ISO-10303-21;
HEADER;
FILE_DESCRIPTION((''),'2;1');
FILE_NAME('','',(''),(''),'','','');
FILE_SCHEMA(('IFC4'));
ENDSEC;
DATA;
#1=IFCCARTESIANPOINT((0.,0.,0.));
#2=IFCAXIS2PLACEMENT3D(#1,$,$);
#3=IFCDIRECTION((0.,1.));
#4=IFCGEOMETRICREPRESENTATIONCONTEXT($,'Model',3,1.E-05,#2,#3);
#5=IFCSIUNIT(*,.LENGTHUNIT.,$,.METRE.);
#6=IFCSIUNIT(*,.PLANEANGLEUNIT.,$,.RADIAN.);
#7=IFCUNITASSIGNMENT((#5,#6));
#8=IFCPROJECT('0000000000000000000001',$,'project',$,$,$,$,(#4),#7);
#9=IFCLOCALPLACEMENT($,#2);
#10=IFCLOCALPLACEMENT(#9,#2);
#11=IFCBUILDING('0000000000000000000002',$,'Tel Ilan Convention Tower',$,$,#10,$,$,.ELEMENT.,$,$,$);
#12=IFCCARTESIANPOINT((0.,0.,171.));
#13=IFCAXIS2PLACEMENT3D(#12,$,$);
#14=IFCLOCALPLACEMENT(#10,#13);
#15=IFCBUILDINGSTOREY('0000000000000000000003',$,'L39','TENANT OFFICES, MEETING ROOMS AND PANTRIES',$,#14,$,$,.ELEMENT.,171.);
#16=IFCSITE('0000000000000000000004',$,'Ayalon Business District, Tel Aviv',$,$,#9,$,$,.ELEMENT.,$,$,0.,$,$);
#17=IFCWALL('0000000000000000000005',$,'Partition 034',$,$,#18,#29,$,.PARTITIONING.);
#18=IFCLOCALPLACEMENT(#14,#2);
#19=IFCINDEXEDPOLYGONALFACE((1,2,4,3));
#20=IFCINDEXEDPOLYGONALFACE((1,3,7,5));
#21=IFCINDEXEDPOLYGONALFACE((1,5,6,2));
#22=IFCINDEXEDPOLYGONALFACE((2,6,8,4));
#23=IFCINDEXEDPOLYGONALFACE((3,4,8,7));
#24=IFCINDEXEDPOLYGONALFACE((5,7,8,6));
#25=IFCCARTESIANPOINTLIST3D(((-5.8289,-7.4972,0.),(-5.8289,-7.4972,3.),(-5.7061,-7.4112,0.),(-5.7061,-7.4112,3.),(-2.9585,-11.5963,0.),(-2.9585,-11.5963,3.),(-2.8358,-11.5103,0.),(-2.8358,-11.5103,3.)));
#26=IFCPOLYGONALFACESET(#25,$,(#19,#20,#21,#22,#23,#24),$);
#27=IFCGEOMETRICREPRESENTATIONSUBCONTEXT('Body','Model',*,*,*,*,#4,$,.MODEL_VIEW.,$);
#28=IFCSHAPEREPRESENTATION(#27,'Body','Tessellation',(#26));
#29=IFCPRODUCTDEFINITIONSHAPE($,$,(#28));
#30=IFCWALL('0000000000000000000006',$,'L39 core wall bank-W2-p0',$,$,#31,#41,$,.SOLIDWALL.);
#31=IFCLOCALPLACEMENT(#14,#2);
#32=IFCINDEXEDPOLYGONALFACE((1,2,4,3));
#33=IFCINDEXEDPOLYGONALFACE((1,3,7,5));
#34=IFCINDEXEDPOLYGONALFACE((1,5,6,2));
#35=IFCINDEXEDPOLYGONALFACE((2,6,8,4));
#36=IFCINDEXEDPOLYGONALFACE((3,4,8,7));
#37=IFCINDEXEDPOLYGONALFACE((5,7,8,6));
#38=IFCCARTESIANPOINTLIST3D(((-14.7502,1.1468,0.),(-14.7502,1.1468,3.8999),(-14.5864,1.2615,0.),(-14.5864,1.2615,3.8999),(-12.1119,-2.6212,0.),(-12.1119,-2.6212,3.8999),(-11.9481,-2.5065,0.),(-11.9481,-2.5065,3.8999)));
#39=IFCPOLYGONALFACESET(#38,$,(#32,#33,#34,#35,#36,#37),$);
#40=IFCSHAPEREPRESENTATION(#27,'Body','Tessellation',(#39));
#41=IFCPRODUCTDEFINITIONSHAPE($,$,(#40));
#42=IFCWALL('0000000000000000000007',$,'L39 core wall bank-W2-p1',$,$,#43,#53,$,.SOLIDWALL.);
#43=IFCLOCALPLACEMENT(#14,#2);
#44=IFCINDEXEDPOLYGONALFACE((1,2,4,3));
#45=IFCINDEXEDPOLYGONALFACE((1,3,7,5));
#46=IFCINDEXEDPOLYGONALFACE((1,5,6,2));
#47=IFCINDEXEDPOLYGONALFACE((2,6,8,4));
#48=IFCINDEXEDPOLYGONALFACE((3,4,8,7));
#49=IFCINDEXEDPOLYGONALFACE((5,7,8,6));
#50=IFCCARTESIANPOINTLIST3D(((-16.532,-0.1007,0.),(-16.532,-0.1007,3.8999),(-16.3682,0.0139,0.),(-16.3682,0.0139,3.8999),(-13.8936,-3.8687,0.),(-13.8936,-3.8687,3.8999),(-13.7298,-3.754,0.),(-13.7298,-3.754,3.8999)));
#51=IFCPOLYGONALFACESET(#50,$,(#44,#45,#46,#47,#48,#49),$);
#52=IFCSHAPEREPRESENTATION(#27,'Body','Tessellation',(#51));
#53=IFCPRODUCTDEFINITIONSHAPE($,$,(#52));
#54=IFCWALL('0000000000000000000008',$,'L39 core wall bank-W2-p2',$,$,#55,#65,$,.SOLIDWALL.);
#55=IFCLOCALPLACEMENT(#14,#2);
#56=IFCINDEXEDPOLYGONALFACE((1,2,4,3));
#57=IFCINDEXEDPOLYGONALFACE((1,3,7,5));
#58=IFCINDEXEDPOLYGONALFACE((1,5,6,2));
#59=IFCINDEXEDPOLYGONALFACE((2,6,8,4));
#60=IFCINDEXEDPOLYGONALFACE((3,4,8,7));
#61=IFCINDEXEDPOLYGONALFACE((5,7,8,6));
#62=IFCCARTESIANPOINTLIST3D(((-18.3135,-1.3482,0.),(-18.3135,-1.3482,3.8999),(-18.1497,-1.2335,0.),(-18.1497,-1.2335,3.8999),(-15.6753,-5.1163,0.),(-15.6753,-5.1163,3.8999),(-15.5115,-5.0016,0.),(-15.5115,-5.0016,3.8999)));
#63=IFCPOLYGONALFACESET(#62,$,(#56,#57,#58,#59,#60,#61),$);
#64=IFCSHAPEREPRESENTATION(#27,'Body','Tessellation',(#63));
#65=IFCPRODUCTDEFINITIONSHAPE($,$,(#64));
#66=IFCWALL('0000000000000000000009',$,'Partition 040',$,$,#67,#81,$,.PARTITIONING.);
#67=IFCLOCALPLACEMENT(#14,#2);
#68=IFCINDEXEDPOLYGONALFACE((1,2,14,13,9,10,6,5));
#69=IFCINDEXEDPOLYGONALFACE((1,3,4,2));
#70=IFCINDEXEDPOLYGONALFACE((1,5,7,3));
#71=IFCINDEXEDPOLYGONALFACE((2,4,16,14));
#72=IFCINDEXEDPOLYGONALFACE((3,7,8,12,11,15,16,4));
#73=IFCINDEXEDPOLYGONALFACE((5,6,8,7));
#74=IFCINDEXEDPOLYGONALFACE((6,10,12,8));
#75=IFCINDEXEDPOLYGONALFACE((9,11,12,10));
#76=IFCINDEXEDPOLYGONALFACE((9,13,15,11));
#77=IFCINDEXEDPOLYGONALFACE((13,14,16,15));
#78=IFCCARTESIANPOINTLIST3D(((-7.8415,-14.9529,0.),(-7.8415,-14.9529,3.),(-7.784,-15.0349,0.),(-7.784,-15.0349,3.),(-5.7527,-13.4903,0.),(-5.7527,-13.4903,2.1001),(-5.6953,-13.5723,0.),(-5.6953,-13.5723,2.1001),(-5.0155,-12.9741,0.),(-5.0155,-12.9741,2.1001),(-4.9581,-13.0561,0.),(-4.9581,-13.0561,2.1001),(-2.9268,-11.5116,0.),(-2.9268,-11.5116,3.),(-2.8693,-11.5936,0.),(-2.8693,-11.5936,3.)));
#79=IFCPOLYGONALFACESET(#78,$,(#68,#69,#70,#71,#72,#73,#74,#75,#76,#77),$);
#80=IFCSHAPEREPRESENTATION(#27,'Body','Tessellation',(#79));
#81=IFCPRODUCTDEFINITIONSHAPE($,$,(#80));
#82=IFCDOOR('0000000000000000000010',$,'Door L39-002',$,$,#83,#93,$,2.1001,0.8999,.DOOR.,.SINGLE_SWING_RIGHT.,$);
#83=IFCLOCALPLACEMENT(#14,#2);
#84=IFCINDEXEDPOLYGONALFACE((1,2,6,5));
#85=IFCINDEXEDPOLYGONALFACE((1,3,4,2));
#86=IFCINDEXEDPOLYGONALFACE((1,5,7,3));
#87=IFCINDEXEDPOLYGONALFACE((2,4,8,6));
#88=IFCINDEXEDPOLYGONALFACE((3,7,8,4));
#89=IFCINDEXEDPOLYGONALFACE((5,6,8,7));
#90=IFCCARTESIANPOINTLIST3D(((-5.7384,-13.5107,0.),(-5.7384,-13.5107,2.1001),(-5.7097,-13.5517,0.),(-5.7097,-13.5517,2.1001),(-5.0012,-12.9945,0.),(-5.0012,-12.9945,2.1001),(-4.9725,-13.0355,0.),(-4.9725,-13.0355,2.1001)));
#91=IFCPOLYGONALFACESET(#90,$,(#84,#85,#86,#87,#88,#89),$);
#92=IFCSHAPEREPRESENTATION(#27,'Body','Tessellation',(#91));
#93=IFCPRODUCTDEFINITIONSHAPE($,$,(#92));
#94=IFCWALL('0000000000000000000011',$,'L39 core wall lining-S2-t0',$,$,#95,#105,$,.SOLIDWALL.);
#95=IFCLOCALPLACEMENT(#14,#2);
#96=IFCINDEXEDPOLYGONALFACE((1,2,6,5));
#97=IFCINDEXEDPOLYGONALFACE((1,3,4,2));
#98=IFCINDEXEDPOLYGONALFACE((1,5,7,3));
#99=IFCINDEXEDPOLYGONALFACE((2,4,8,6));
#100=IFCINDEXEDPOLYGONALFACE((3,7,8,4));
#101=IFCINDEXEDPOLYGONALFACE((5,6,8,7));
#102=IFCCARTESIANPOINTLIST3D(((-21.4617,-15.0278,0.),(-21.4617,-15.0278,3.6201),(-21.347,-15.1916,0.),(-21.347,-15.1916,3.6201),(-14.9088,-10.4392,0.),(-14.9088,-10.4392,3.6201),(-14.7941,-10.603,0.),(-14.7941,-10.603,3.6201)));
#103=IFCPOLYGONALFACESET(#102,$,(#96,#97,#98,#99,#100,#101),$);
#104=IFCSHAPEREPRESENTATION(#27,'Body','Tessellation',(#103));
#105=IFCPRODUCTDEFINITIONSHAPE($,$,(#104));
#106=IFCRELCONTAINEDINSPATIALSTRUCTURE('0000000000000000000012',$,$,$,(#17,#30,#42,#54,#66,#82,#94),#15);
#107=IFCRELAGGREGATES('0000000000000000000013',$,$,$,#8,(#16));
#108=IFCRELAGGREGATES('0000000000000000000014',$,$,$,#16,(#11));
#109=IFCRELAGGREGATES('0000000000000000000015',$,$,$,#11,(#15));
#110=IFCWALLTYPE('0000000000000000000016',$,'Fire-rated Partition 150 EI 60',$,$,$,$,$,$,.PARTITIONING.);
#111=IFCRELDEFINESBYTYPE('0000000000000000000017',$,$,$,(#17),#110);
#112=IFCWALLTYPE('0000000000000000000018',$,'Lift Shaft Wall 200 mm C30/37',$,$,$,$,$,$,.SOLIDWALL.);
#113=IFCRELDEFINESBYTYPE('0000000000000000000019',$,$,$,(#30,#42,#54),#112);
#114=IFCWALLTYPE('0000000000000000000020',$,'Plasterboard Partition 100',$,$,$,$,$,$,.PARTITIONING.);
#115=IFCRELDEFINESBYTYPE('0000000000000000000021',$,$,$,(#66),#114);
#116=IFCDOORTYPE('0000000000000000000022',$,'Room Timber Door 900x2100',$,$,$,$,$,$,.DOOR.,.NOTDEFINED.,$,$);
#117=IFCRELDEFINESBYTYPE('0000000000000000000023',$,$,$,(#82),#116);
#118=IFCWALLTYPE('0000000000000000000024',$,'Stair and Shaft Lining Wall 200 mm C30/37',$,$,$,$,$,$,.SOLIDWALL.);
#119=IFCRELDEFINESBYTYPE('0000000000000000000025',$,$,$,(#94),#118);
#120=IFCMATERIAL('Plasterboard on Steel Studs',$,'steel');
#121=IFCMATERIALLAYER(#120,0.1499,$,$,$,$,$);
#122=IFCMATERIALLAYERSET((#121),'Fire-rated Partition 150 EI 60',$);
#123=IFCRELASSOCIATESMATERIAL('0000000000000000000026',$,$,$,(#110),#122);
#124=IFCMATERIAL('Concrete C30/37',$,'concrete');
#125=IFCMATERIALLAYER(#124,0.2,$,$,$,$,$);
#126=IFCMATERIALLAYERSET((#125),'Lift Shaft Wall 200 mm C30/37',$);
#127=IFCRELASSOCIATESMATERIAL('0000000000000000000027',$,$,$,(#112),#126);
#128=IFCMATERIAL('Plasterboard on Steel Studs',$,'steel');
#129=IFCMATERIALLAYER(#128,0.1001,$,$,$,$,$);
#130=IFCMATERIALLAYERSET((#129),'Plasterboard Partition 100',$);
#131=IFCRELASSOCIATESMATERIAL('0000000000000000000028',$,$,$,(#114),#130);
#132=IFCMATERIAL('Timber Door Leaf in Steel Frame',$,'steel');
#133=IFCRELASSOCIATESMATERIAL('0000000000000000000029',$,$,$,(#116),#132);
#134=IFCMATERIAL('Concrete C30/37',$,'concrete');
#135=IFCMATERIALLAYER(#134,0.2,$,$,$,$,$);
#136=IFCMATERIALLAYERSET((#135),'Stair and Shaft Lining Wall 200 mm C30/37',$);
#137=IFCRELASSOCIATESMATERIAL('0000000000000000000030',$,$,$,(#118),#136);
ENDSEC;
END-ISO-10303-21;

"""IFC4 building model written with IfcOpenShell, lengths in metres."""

from ifc_helpers import new_model, si_unit, direction, frame, frame_2d, origin, place, context, subcontext, project, spatial, rectangle, extrude, material, layer, layer_set, type_object, element, fill, save


model = new_model("IFC4")

# Units and contexts
model_context = context("Model", 3, precision=1e-05, world=origin(), true_north=direction((0.0, 1.0)))
body_context = subcontext(model_context, "Body", "Model", "MODEL_VIEW")
ifc_project = project(units=[si_unit("LENGTHUNIT", "METRE"), si_unit("PLANEANGLEUNIT", "RADIAN")], contexts=[model_context])

# Site, building, storey
site_placement = place(None, origin())
site = spatial("IfcSite", under=ifc_project, at=site_placement, Name="Ayalon Business District, Tel Aviv", CompositionType="ELEMENT", RefElevation=0.0)
building_placement = place(site_placement, origin())
building = spatial("IfcBuilding", under=site, at=building_placement, Name="Tel Ilan Convention Tower", CompositionType="ELEMENT")
storey_placement = place(building_placement, frame((0.0, 0.0, 171.0)))
storey = spatial("IfcBuildingStorey", under=building, at=storey_placement, Name="L39", Description="TENANT OFFICES, MEETING ROOMS AND PANTRIES", CompositionType="ELEMENT", Elevation=171.0)

# Shared definitions
ifc_material_1 = material(Name="Plasterboard on Steel Studs", Category="steel")
ifc_layer_1 = layer(ifc_material_1, 0.1499)
ifc_layer_set_1 = layer_set([ifc_layer_1], Name="Fire-rated Partition 150 EI 60")
wall_type_1 = type_object("IfcWallType", Name="Fire-rated Partition 150 EI 60", PredefinedType="PARTITIONING", material=ifc_layer_set_1)

# Walls
wall_1_placement = place(storey_placement, frame((-2.8972, -11.5532, 0.0), z_axis=(0.0, 0.0, 1.0), x_axis=(-0.573593, 0.81914, 0.0)))
element("IfcWall", 1, at=wall_1_placement, inside=storey, type_object=wall_type_1, Name="Partition 034", PredefinedType="PARTITIONING", context=body_context, shape_type="SweptSolid", body=[
    extrude(rectangle(XDim=5.0042, YDim=0.1499, at=frame_2d((2.502, 0.0))), origin(), (0.0, 0.0, 1.0), 3.0),
])
ifc_material_2 = material(Name="Concrete C30/37", Category="concrete")
ifc_layer_2 = layer(ifc_material_2, 0.2)
ifc_layer_set_2 = layer_set([ifc_layer_2], Name="Lift Shaft Wall 200 mm C30/37")
wall_type_2 = type_object("IfcWallType", Name="Lift Shaft Wall 200 mm C30/37", PredefinedType="SOLIDWALL", material=ifc_layer_set_2)
for number, where, z_axis, x_axis, name in (
    (2, (-12.03, -2.5637, 0.0), (0.0, 0.0, 1.0), (-0.573576, 0.819152, 0.0), "L39 core wall bank-W2-p0"),
    (3, (-13.8118, -3.8113, 0.0), (0.0, 0.0, 1.0), (-0.573576, 0.819152, 0.0), "L39 core wall bank-W2-p1"),
    (4, (-15.5935, -5.0588, 0.0), (0.0, 0.0, 1.0), (-0.573541, 0.819177, 0.0), "L39 core wall bank-W2-p2"),
):
    element("IfcWall", number, at=place(storey_placement, frame(where, z_axis=z_axis, x_axis=x_axis)), inside=storey, type_object=wall_type_2, Name=name, PredefinedType="SOLIDWALL", context=body_context, shape_type="SweptSolid", body=[
        extrude(rectangle(XDim=4.5999, YDim=0.2, at=frame_2d((2.2998, 0.0))), origin(), (0.0, 0.0, 1.0), 3.8999),
    ])

# Wall, opening, door
ifc_material_3 = material(Name="Plasterboard on Steel Studs", Category="steel")
ifc_layer_3 = layer(ifc_material_3, 0.1001)
ifc_layer_set_3 = layer_set([ifc_layer_3], Name="Plasterboard Partition 100")
wall_type_3 = type_object("IfcWallType", Name="Plasterboard Partition 100", PredefinedType="PARTITIONING", material=ifc_layer_set_3)
wall_2_placement = place(storey_placement, frame((-2.8979, -11.5525, 0.0), z_axis=(0.0, 0.0, 1.0), x_axis=(-0.81915, -0.57358, 0.0)))
wall_2 = element("IfcWall", 5, at=wall_2_placement, inside=storey, type_object=wall_type_3, Name="Partition 040", PredefinedType="PARTITIONING", context=body_context, shape_type="SweptSolid", body=[
    extrude(rectangle(XDim=5.9998, YDim=0.1001, at=frame_2d((3.0, 0.0))), origin(), (0.0, 0.0, 1.0), 3.0),
])
opening_1_placement = place(wall_2_placement, frame((2.55, 0.0, 0.0)))
opening_1 = element("IfcOpeningElement", 6, at=opening_1_placement, cuts=wall_2, PredefinedType="OPENING", context=body_context, shape_type="SweptSolid", body=[
    extrude(rectangle(XDim=0.8999, YDim=2.1001, at=frame_2d((0.45, 1.05))), frame((0.0, 0.0601, 0.0), z_axis=(0.0, -1.0, 0.0), x_axis=(1.0, 0.0, 0.0)), (0.0, 0.0, 1.0), 0.1201),
])
ifc_material_4 = material(Name="Timber Door Leaf in Steel Frame", Category="steel")
door_type_1 = type_object("IfcDoorType", Name="Room Timber Door 900x2100", OperationType="NOTDEFINED", PredefinedType="DOOR", material=ifc_material_4)
door_1_placement = place(opening_1_placement, origin())
door_1 = element("IfcDoor", 7, at=door_1_placement, inside=storey, type_object=door_type_1, Name="Door L39-002", OperationType="SINGLE_SWING_RIGHT", OverallHeight=2.1001, OverallWidth=0.8999, PredefinedType="DOOR", context=body_context, shape_type="SweptSolid", body=[
    extrude(rectangle(XDim=0.8999, YDim=2.1001, at=frame_2d((0.45, 1.05))), frame((0.0, 0.0249, 0.0), z_axis=(0.0, -1.0, 0.0), x_axis=(1.0, 0.0, 0.0)), (0.0, 0.0, 1.0), 0.05),
])
fill(opening_1, door_1)

# Wall
ifc_material_5 = material(Name="Concrete C30/37", Category="concrete")
ifc_layer_4 = layer(ifc_material_5, 0.2)
ifc_layer_set_4 = layer_set([ifc_layer_4], Name="Stair and Shaft Lining Wall 200 mm C30/37")
wall_type_4 = type_object("IfcWallType", Name="Stair and Shaft Lining Wall 200 mm C30/37", PredefinedType="SOLIDWALL", material=ifc_layer_set_4)
wall_3_placement = place(storey_placement, frame((-14.8513, -10.521, 0.0), z_axis=(0.0, 0.0, 1.0), x_axis=(-0.819142, -0.573591, 0.0)))
element("IfcWall", 8, at=wall_3_placement, inside=storey, type_object=wall_type_4, Name="L39 core wall lining-S2-t0", PredefinedType="SOLIDWALL", context=body_context, shape_type="SweptSolid", body=[
    extrude(rectangle(XDim=7.9998, YDim=0.2, at=frame_2d((4.0, 0.0))), origin(), (0.0, 0.0, 1.0), 3.6201),
])

save(model, "model.ifc")
